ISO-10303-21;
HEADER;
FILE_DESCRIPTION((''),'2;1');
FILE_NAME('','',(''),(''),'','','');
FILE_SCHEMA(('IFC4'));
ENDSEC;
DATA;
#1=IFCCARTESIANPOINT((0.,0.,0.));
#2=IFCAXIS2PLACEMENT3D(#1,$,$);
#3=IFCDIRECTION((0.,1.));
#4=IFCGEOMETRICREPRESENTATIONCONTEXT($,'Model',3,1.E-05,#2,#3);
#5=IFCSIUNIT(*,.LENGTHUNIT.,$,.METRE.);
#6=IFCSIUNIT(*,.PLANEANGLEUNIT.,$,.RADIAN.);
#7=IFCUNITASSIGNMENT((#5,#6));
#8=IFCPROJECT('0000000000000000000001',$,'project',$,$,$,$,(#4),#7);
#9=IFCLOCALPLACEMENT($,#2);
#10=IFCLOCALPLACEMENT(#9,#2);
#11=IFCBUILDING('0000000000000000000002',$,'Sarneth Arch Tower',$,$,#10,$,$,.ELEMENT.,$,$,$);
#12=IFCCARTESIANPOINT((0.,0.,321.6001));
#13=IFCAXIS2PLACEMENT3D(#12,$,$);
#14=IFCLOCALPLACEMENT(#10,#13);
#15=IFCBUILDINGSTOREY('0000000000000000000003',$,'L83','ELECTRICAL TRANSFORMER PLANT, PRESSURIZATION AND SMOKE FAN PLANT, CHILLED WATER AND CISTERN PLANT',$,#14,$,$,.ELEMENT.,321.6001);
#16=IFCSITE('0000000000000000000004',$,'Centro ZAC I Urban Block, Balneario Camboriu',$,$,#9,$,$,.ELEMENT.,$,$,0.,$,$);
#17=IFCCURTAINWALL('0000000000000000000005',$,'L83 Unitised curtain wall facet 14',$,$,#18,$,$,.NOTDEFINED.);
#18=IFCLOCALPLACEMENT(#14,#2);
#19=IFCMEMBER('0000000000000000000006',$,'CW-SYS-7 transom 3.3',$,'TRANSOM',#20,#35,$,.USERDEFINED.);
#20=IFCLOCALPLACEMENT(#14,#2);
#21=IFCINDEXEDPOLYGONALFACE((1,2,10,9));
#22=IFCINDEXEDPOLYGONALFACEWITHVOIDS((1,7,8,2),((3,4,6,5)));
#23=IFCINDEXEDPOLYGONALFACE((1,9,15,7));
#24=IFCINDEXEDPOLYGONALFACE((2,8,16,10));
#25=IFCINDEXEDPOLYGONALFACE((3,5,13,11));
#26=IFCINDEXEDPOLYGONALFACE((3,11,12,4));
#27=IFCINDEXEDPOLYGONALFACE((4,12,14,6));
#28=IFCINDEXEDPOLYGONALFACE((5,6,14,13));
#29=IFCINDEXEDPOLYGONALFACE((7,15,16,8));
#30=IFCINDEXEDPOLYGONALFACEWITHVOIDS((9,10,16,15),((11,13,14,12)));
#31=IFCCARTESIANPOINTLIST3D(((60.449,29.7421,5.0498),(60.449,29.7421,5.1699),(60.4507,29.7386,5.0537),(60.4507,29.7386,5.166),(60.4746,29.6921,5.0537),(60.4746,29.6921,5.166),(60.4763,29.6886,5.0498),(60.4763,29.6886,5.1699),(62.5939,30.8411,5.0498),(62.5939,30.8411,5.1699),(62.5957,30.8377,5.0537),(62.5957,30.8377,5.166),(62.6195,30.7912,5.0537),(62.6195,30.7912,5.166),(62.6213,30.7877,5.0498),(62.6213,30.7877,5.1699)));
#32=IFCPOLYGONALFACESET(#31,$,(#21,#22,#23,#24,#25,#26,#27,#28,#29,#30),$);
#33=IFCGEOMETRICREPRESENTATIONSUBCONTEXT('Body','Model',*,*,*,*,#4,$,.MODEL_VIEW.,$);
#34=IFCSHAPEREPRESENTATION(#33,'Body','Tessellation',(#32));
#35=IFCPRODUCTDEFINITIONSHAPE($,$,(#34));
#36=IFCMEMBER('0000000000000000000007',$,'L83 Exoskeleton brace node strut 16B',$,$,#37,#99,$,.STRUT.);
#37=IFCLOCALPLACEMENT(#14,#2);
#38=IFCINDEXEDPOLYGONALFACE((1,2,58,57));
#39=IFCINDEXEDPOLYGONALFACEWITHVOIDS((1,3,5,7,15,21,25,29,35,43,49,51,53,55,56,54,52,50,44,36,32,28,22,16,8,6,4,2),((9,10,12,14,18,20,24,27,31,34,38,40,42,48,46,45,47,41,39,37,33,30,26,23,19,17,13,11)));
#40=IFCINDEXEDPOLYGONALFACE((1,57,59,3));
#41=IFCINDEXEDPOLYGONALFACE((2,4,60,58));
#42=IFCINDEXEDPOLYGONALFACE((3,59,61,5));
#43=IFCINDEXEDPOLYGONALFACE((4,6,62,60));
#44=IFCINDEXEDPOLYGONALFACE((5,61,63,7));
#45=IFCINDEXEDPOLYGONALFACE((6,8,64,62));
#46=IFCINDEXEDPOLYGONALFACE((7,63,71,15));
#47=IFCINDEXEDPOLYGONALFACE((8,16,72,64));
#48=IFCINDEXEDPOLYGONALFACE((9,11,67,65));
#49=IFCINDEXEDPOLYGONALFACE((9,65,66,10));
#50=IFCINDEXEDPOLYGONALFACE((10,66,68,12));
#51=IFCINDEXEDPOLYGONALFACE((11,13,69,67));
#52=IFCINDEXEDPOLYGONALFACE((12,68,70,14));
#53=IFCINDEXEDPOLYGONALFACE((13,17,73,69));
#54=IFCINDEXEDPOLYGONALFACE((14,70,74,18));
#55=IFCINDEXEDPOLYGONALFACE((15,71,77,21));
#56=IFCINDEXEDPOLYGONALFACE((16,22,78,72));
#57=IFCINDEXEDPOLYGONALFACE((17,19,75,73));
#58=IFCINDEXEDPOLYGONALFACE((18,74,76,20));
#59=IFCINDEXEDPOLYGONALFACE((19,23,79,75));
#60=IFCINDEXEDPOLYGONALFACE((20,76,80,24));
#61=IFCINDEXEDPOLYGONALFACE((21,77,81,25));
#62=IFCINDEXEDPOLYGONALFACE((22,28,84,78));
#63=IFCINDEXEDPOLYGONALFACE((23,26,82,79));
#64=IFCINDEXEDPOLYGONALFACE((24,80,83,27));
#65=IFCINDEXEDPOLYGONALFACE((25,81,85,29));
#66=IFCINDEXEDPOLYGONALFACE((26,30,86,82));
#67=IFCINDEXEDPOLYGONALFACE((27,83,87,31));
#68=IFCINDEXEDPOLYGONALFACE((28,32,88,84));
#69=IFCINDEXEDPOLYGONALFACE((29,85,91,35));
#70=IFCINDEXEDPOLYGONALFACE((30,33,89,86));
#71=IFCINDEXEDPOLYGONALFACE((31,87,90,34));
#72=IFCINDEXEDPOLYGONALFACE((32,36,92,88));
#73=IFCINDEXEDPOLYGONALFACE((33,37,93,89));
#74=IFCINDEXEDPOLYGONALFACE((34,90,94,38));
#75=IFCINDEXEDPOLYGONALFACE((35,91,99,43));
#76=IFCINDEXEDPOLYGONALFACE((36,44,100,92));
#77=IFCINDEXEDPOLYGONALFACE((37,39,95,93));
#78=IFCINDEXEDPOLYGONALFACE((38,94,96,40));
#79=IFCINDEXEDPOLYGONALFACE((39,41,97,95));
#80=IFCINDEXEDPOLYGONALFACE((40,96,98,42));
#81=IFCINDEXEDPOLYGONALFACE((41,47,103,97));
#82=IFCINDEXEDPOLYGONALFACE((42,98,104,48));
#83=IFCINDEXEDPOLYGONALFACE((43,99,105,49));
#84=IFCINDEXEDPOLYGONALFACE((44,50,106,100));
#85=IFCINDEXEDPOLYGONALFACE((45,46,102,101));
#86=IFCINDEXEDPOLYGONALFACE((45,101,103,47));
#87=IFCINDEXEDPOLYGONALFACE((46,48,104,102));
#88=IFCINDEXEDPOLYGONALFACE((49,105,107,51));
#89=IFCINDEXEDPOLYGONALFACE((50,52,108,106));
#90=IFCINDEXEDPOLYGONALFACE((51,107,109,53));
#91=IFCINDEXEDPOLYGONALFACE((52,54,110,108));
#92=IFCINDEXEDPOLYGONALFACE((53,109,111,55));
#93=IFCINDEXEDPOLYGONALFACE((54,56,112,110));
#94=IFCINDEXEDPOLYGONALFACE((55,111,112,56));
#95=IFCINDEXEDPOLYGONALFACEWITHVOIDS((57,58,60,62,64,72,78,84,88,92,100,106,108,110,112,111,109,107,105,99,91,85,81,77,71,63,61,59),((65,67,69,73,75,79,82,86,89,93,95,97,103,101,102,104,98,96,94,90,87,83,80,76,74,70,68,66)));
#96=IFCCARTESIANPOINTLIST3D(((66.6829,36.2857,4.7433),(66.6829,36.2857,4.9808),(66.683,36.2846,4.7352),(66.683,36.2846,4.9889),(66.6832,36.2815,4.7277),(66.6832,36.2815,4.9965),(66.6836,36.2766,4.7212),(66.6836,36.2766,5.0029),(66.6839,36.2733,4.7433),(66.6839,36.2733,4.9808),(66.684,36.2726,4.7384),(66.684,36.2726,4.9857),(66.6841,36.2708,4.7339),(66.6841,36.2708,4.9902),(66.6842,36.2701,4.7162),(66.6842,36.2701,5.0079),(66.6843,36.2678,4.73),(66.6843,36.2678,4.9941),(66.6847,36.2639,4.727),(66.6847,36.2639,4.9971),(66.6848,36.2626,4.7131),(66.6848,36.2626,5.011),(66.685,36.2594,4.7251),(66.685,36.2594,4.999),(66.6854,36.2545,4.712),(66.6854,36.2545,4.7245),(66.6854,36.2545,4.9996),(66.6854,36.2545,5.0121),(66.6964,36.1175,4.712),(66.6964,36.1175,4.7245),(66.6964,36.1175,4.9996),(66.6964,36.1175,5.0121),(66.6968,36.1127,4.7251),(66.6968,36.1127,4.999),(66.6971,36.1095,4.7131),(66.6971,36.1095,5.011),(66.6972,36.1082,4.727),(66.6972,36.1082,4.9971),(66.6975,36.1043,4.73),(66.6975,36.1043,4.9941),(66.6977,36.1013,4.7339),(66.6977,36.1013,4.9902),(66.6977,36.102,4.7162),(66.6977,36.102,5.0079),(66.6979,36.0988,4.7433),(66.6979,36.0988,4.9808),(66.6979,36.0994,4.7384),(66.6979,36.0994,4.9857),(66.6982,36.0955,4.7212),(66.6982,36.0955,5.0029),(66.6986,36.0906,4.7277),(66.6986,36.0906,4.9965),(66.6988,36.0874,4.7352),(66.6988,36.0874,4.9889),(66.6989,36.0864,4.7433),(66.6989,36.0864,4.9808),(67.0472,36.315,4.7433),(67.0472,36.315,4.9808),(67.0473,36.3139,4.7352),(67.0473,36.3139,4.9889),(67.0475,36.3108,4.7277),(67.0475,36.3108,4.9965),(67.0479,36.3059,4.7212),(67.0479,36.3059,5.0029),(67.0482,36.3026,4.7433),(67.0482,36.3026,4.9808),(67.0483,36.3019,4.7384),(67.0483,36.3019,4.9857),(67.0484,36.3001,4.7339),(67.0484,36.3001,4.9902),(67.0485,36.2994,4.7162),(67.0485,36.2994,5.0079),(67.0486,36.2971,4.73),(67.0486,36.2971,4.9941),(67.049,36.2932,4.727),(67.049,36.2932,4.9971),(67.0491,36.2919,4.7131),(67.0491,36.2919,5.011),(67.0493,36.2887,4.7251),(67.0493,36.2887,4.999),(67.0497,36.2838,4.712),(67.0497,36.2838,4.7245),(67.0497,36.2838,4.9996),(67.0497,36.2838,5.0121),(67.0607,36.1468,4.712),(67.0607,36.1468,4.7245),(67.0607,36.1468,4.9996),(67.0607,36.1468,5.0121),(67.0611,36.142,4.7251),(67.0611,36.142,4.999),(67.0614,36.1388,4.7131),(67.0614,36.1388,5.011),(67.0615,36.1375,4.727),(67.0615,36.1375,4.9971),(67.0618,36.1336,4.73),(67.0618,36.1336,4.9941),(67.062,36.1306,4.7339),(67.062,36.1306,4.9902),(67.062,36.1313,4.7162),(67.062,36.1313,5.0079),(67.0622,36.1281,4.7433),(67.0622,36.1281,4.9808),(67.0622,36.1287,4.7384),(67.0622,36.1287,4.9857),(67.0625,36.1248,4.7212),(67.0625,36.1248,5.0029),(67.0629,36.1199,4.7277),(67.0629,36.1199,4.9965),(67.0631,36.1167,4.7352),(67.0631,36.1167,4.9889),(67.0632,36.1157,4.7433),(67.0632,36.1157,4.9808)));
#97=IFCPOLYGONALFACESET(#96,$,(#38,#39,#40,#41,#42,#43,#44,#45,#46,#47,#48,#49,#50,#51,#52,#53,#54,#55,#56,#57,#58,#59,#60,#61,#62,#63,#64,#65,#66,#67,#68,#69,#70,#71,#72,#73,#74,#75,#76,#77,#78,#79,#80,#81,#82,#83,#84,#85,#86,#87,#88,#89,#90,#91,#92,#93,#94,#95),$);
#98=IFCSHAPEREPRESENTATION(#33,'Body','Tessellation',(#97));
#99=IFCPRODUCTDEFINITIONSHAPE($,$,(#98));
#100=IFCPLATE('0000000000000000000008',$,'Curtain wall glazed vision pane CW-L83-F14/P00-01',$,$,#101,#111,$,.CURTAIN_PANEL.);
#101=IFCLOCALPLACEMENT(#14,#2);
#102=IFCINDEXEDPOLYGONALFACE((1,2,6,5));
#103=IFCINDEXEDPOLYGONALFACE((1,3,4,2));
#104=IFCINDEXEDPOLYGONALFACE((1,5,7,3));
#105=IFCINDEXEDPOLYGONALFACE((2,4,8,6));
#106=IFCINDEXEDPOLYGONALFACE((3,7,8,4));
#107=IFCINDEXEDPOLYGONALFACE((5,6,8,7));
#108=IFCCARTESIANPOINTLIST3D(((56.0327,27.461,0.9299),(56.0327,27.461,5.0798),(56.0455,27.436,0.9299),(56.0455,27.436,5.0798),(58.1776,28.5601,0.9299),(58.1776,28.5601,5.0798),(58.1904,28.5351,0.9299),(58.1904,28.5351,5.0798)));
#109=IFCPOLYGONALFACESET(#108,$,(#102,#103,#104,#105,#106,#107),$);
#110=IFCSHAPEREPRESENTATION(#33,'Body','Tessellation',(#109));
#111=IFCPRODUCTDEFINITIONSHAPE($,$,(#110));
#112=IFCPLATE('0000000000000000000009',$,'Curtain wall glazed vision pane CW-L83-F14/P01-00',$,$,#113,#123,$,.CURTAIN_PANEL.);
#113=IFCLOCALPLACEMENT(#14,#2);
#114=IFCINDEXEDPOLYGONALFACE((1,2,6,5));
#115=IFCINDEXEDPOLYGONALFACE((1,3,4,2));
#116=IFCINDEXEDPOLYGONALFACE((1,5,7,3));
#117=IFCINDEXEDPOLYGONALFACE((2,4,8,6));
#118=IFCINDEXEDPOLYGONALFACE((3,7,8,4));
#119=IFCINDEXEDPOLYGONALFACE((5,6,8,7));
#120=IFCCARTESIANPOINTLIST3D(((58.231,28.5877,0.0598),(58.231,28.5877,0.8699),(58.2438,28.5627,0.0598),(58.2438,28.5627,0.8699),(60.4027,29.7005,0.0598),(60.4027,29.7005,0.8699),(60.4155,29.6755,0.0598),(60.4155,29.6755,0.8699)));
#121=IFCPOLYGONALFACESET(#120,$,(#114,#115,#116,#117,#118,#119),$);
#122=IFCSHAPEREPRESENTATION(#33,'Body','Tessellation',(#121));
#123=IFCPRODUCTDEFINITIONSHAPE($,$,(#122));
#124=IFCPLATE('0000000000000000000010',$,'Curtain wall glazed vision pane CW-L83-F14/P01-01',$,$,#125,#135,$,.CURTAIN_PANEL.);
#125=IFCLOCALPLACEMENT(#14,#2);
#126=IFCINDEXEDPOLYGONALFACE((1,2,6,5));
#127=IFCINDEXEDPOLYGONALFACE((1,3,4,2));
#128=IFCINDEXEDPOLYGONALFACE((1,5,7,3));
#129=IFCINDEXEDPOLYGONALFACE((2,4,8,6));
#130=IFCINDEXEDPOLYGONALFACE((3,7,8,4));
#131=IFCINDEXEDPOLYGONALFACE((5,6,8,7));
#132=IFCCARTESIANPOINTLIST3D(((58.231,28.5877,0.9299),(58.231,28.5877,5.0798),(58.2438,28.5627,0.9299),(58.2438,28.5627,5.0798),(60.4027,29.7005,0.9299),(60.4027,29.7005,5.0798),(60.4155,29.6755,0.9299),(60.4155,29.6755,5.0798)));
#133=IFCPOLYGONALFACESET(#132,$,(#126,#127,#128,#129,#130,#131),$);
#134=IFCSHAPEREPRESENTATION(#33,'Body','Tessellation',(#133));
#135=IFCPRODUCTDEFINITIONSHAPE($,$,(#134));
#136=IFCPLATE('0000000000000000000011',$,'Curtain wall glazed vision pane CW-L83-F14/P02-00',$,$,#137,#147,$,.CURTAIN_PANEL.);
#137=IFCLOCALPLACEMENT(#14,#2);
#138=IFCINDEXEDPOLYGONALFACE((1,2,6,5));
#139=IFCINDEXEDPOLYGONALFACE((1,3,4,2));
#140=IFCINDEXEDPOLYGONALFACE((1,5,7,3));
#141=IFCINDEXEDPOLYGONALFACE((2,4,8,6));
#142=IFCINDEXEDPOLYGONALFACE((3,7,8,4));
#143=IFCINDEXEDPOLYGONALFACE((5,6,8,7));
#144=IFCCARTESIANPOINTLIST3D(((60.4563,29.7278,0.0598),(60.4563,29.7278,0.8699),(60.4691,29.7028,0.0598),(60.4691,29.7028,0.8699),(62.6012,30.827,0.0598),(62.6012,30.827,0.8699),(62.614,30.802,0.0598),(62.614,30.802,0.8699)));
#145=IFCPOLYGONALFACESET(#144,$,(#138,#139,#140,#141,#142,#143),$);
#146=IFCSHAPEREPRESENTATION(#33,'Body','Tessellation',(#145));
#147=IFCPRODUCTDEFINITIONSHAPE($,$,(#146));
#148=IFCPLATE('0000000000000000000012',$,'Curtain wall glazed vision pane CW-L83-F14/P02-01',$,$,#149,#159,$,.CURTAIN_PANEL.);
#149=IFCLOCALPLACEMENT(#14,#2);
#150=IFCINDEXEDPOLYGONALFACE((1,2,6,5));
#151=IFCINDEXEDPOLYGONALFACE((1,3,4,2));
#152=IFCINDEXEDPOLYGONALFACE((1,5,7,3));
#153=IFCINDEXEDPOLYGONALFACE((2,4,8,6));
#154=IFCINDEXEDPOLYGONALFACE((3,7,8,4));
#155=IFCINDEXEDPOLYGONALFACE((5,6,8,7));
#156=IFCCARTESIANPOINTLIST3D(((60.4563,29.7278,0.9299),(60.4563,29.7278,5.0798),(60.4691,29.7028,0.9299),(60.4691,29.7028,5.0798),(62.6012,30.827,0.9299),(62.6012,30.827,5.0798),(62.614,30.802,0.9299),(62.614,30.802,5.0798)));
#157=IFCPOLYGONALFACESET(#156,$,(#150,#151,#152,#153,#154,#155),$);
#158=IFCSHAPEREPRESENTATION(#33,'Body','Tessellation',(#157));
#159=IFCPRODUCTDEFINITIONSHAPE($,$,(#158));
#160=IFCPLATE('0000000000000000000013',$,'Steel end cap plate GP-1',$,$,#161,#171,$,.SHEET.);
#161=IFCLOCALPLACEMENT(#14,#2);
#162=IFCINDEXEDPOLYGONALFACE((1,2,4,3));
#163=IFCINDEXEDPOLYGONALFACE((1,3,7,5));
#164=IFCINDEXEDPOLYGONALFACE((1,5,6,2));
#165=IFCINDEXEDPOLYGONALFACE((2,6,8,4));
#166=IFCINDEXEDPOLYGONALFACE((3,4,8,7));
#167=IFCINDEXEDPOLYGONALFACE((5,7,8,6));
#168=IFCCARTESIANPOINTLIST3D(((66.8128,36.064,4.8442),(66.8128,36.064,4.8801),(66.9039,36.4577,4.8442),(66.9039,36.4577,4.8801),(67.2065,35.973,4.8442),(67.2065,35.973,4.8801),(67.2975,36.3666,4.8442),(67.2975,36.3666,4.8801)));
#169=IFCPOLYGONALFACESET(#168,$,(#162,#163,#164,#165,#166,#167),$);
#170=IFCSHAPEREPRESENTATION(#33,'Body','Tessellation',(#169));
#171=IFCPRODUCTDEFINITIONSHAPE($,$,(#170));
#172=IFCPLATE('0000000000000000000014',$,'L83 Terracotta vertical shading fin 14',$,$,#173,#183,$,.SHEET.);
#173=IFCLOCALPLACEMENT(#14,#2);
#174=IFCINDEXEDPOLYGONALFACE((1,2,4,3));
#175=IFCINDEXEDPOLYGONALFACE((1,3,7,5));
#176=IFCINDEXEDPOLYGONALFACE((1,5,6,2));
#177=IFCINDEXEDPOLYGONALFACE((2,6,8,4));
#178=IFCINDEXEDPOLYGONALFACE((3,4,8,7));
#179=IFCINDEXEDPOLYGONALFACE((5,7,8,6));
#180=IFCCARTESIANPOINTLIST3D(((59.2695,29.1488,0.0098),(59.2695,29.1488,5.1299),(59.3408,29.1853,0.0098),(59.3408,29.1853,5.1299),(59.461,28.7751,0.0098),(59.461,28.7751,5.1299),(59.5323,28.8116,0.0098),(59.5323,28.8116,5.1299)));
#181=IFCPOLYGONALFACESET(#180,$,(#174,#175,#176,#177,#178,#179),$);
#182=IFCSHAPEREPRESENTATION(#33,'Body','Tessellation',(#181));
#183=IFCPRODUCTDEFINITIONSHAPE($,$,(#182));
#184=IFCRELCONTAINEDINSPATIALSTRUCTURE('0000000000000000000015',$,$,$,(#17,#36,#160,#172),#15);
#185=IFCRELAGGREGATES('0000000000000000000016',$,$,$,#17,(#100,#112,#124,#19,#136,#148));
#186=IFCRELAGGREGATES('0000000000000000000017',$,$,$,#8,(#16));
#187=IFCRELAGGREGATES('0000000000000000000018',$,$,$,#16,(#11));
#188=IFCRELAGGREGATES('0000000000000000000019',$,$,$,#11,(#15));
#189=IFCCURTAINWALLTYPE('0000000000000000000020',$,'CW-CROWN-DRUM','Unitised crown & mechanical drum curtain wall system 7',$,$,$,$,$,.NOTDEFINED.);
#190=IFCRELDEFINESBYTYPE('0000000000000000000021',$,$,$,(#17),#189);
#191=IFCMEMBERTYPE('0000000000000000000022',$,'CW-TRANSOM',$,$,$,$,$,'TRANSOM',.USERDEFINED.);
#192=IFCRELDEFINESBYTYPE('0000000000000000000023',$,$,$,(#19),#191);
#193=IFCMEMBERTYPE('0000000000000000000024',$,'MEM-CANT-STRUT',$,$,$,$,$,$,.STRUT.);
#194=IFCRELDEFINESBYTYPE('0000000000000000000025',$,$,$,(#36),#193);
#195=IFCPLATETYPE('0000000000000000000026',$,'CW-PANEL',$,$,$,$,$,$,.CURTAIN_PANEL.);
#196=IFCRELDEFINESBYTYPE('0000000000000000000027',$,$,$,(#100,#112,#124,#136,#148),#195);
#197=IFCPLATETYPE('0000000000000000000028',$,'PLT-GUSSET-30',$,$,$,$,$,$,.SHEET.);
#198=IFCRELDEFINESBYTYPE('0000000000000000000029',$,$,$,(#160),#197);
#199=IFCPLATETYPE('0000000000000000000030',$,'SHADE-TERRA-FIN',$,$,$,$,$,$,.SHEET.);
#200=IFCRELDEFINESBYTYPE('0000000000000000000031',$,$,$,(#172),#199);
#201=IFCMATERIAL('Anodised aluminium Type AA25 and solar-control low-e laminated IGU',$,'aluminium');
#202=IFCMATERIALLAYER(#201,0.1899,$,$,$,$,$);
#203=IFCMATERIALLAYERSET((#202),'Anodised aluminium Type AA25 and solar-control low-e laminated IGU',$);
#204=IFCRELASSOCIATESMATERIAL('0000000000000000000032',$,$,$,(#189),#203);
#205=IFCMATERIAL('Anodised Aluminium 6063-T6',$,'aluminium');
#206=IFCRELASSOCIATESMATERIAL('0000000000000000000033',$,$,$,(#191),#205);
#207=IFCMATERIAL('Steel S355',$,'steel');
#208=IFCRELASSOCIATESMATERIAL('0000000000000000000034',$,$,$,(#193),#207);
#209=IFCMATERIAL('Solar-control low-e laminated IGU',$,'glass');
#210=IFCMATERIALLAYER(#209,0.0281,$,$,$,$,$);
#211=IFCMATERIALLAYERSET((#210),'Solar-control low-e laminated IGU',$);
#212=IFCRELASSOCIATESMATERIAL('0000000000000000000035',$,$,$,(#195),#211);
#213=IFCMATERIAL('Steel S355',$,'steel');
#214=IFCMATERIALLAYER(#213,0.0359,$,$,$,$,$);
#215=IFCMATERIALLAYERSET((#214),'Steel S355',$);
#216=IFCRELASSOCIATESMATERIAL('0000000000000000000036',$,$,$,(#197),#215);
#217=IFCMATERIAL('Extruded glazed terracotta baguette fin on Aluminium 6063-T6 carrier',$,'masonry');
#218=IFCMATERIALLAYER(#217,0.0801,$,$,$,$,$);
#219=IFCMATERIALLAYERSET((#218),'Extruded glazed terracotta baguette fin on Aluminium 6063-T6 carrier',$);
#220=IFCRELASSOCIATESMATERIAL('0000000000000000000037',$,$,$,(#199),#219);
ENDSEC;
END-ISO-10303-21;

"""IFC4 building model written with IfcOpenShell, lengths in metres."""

from ifc_helpers import new_model, si_unit, direction, frame, origin, origin_2d, place, context, subcontext, project, spatial, rectangle, hollow_rectangle, extrude, material, layer, layer_set, material_profile, profile_set, type_object, element, aggregate, save


model = new_model("IFC4")

# Units and contexts
model_context = context("Model", 3, precision=1e-05, world=origin(), true_north=direction((0.0, 1.0)))
body_context = subcontext(model_context, "Body", "Model", "MODEL_VIEW")
ifc_project = project(units=[si_unit("LENGTHUNIT", "METRE"), si_unit("PLANEANGLEUNIT", "RADIAN")], contexts=[model_context])

# Site, building, storey
site_placement = place(None, origin())
site = spatial("IfcSite", under=ifc_project, at=site_placement, Name="Centro ZAC I Urban Block, Balneario Camboriu", CompositionType="ELEMENT", RefElevation=0.0)
building_placement = place(site_placement, origin())
building = spatial("IfcBuilding", under=site, at=building_placement, Name="Sarneth Arch Tower", CompositionType="ELEMENT")
storey_placement = place(building_placement, frame((0.0, 0.0, 321.6001)))
storey = spatial("IfcBuildingStorey", under=building, at=storey_placement, Name="L83", Description="ELECTRICAL TRANSFORMER PLANT, PRESSURIZATION AND SMOKE FAN PLANT, CHILLED WATER AND CISTERN PLANT", CompositionType="ELEMENT", Elevation=321.6001)

# Curtain wall, member
ifc_material_1 = material(Name="Anodised aluminium Type AA25 and solar-control low-e laminated IGU", Category="aluminium")
ifc_layer_1 = layer(ifc_material_1, 0.1899)
ifc_layer_set_1 = layer_set([ifc_layer_1], Name="Anodised aluminium Type AA25 and solar-control low-e laminated IGU")
curtain_wall_type = type_object("IfcCurtainWallType", Name="CW-CROWN-DRUM", Description="Unitised crown & mechanical drum curtain wall system 7", PredefinedType="NOTDEFINED", material=ifc_layer_set_1)
curtain_wall_placement = place(storey_placement, origin())
curtain_wall = element("IfcCurtainWall", 1, at=curtain_wall_placement, inside=storey, type_object=curtain_wall_type, Name="L83 Unitised curtain wall facet 14", PredefinedType="NOTDEFINED")
ifc_material_2 = material(Name="Anodised Aluminium 6063-T6", Category="aluminium")
ifc_material_profile_1 = material_profile(ifc_material_2, hollow_rectangle(XDim=0.0601, YDim=0.1201, WallThickness=0.0039, at=origin_2d()), Name="AL-TRAN-120x60x4")
ifc_profile_set_1 = profile_set([ifc_material_profile_1], Name="Anodised Aluminium 6063-T6")
member_type_1 = type_object("IfcMemberType", Name="CW-TRANSOM", ElementType="TRANSOM", PredefinedType="USERDEFINED", material=ifc_profile_set_1)
member_1_placement = place(storey_placement, frame((60.4626, 29.7153, 5.1099), z_axis=(0.889967, 0.456025, 0.0), x_axis=(-0.456025, 0.889967, 0.0)))
member_1 = element("IfcMember", 2, at=member_1_placement, type_object=member_type_1, Name="CW-SYS-7 transom 3.3", ObjectType="TRANSOM", PredefinedType="USERDEFINED", context=body_context, shape_type="SweptSolid", body=[
    extrude(hollow_rectangle(XDim=0.0601, YDim=0.1201, WallThickness=0.0039, at=origin_2d()), origin(), (0.0, 0.0, 1.0), 2.4102),
])

# Member
ifc_material_3 = material(Name="Steel S355", Category="steel")
ifc_material_profile_2 = material_profile(ifc_material_3, hollow_rectangle(XDim=0.2, YDim=0.3, WallThickness=0.0125, InnerFilletRadius=0.0188, OuterFilletRadius=0.0312, at=origin_2d()), Name="RHS300x200x12.5")
ifc_profile_set_2 = profile_set([ifc_material_profile_2], Name="Steel S355")
member_type_2 = type_object("IfcMemberType", Name="MEM-CANT-STRUT", PredefinedType="STRUT", material=ifc_profile_set_2)
member_2_placement = place(storey_placement, frame((66.6909, 36.186, 4.8621), z_axis=(0.996781, 0.08017, 0.0), x_axis=(-0.08017, 0.996781, 0.0)))
element("IfcMember", 3, at=member_2_placement, inside=storey, type_object=member_type_2, Name="L83 Exoskeleton brace node strut 16B", PredefinedType="STRUT", context=body_context, shape_type="SweptSolid", body=[
    extrude(hollow_rectangle(XDim=0.2, YDim=0.3, WallThickness=0.0125, InnerFilletRadius=0.0188, OuterFilletRadius=0.0312, at=origin_2d()), origin(), (0.0, 0.0, 1.0), 0.3655),
])

# Plates
ifc_material_4 = material(Name="Solar-control low-e laminated IGU", Category="glass")
ifc_layer_2 = layer(ifc_material_4, 0.0281)
ifc_layer_set_2 = layer_set([ifc_layer_2], Name="Solar-control low-e laminated IGU")
plate_type_1 = type_object("IfcPlateType", Name="CW-PANEL", PredefinedType="CURTAIN_PANEL", material=ifc_layer_set_2)
plate_1_placement = place(storey_placement, frame((57.1116, 27.998, 0.9299), z_axis=(0.0, 0.0, 1.0), x_axis=(0.889959, 0.45604, 0.0)))
plate_1 = element("IfcPlate", 4, at=plate_1_placement, type_object=plate_type_1, Name="Curtain wall glazed vision pane CW-L83-F14/P00-01", PredefinedType="CURTAIN_PANEL", context=body_context, shape_type="SweptSolid", body=[
    extrude(rectangle(XDim=2.4102, YDim=0.0281, at=origin_2d()), origin(), (0.0, 0.0, 1.0), 4.1499),
])
plate_2_placement = place(storey_placement, frame((59.3232, 29.1316, 0.0598), z_axis=(0.0, 0.0, 1.0), x_axis=(0.889959, 0.45604, 0.0)))
plate_2 = element("IfcPlate", 5, at=plate_2_placement, type_object=plate_type_1, Name="Curtain wall glazed vision pane CW-L83-F14/P01-00", PredefinedType="CURTAIN_PANEL", context=body_context, shape_type="SweptSolid", body=[
    extrude(rectangle(XDim=2.4402, YDim=0.0281, at=origin_2d()), origin(), (0.0, 0.0, 1.0), 0.8101),
])
plate_3_placement = place(storey_placement, frame((59.3232, 29.1316, 0.9299), z_axis=(0.0, 0.0, 1.0), x_axis=(0.889959, 0.45604, 0.0)))
plate_3 = element("IfcPlate", 6, at=plate_3_placement, type_object=plate_type_1, Name="Curtain wall glazed vision pane CW-L83-F14/P01-01", PredefinedType="CURTAIN_PANEL", context=body_context, shape_type="SweptSolid", body=[
    extrude(rectangle(XDim=2.4402, YDim=0.0281, at=origin_2d()), origin(), (0.0, 0.0, 1.0), 4.1499),
])
plate_4_placement = place(storey_placement, frame((61.5352, 30.2649, 0.0598), z_axis=(0.0, 0.0, 1.0), x_axis=(0.889959, 0.45604, 0.0)))
plate_4 = element("IfcPlate", 7, at=plate_4_placement, type_object=plate_type_1, Name="Curtain wall glazed vision pane CW-L83-F14/P02-00", PredefinedType="CURTAIN_PANEL", context=body_context, shape_type="SweptSolid", body=[
    extrude(rectangle(XDim=2.4102, YDim=0.0281, at=origin_2d()), origin(), (0.0, 0.0, 1.0), 0.8101),
])
plate_5_placement = place(storey_placement, frame((61.5352, 30.2649, 0.9299), z_axis=(0.0, 0.0, 1.0), x_axis=(0.889959, 0.45604, 0.0)))
plate_5 = element("IfcPlate", 8, at=plate_5_placement, type_object=plate_type_1, Name="Curtain wall glazed vision pane CW-L83-F14/P02-01", PredefinedType="CURTAIN_PANEL", context=body_context, shape_type="SweptSolid", body=[
    extrude(rectangle(XDim=2.4102, YDim=0.0281, at=origin_2d()), origin(), (0.0, 0.0, 1.0), 4.1499),
])
aggregate(curtain_wall, [plate_1, plate_2, plate_3, member_1, plate_4, plate_5])

# Plates
ifc_material_5 = material(Name="Steel S355", Category="steel")
ifc_layer_3 = layer(ifc_material_5, 0.0359)
ifc_layer_set_3 = layer_set([ifc_layer_3], Name="Steel S355")
plate_type_2 = type_object("IfcPlateType", Name="PLT-GUSSET-30", PredefinedType="SHEET", material=ifc_layer_set_3)
plate_6_placement = place(storey_placement, frame((67.0552, 36.2153, 4.8442), z_axis=(0.0, 0.0, 1.0), x_axis=(0.225291, 0.974291, 0.0)))
element("IfcPlate", 9, at=plate_6_placement, inside=storey, type_object=plate_type_2, Name="Steel end cap plate GP-1", PredefinedType="SHEET", context=body_context, shape_type="SweptSolid", body=[
    extrude(rectangle(XDim=0.4041, YDim=0.4041, at=origin_2d()), origin(), (0.0, 0.0, 1.0), 0.0359),
])
ifc_material_6 = material(Name="Extruded glazed terracotta baguette fin on Aluminium 6063-T6 carrier", Category="masonry")
ifc_layer_4 = layer(ifc_material_6, 0.0801)
ifc_layer_set_4 = layer_set([ifc_layer_4], Name="Extruded glazed terracotta baguette fin on Aluminium 6063-T6 carrier")
plate_type_3 = type_object("IfcPlateType", Name="SHADE-TERRA-FIN", PredefinedType="SHEET", material=ifc_layer_set_4)
plate_7_placement = place(storey_placement, frame((59.4009, 28.9802, 0.0098), z_axis=(0.0, 0.0, 1.0), x_axis=(0.456011, -0.889974, 0.0)))
element("IfcPlate", 10, at=plate_7_placement, inside=storey, type_object=plate_type_3, Name="L83 Terracotta vertical shading fin 14", PredefinedType="SHEET", context=body_context, shape_type="SweptSolid", body=[
    extrude(rectangle(XDim=0.4199, YDim=0.0801, at=origin_2d()), origin(), (0.0, 0.0, 1.0), 5.1201),
])

save(model, "model.ifc")
